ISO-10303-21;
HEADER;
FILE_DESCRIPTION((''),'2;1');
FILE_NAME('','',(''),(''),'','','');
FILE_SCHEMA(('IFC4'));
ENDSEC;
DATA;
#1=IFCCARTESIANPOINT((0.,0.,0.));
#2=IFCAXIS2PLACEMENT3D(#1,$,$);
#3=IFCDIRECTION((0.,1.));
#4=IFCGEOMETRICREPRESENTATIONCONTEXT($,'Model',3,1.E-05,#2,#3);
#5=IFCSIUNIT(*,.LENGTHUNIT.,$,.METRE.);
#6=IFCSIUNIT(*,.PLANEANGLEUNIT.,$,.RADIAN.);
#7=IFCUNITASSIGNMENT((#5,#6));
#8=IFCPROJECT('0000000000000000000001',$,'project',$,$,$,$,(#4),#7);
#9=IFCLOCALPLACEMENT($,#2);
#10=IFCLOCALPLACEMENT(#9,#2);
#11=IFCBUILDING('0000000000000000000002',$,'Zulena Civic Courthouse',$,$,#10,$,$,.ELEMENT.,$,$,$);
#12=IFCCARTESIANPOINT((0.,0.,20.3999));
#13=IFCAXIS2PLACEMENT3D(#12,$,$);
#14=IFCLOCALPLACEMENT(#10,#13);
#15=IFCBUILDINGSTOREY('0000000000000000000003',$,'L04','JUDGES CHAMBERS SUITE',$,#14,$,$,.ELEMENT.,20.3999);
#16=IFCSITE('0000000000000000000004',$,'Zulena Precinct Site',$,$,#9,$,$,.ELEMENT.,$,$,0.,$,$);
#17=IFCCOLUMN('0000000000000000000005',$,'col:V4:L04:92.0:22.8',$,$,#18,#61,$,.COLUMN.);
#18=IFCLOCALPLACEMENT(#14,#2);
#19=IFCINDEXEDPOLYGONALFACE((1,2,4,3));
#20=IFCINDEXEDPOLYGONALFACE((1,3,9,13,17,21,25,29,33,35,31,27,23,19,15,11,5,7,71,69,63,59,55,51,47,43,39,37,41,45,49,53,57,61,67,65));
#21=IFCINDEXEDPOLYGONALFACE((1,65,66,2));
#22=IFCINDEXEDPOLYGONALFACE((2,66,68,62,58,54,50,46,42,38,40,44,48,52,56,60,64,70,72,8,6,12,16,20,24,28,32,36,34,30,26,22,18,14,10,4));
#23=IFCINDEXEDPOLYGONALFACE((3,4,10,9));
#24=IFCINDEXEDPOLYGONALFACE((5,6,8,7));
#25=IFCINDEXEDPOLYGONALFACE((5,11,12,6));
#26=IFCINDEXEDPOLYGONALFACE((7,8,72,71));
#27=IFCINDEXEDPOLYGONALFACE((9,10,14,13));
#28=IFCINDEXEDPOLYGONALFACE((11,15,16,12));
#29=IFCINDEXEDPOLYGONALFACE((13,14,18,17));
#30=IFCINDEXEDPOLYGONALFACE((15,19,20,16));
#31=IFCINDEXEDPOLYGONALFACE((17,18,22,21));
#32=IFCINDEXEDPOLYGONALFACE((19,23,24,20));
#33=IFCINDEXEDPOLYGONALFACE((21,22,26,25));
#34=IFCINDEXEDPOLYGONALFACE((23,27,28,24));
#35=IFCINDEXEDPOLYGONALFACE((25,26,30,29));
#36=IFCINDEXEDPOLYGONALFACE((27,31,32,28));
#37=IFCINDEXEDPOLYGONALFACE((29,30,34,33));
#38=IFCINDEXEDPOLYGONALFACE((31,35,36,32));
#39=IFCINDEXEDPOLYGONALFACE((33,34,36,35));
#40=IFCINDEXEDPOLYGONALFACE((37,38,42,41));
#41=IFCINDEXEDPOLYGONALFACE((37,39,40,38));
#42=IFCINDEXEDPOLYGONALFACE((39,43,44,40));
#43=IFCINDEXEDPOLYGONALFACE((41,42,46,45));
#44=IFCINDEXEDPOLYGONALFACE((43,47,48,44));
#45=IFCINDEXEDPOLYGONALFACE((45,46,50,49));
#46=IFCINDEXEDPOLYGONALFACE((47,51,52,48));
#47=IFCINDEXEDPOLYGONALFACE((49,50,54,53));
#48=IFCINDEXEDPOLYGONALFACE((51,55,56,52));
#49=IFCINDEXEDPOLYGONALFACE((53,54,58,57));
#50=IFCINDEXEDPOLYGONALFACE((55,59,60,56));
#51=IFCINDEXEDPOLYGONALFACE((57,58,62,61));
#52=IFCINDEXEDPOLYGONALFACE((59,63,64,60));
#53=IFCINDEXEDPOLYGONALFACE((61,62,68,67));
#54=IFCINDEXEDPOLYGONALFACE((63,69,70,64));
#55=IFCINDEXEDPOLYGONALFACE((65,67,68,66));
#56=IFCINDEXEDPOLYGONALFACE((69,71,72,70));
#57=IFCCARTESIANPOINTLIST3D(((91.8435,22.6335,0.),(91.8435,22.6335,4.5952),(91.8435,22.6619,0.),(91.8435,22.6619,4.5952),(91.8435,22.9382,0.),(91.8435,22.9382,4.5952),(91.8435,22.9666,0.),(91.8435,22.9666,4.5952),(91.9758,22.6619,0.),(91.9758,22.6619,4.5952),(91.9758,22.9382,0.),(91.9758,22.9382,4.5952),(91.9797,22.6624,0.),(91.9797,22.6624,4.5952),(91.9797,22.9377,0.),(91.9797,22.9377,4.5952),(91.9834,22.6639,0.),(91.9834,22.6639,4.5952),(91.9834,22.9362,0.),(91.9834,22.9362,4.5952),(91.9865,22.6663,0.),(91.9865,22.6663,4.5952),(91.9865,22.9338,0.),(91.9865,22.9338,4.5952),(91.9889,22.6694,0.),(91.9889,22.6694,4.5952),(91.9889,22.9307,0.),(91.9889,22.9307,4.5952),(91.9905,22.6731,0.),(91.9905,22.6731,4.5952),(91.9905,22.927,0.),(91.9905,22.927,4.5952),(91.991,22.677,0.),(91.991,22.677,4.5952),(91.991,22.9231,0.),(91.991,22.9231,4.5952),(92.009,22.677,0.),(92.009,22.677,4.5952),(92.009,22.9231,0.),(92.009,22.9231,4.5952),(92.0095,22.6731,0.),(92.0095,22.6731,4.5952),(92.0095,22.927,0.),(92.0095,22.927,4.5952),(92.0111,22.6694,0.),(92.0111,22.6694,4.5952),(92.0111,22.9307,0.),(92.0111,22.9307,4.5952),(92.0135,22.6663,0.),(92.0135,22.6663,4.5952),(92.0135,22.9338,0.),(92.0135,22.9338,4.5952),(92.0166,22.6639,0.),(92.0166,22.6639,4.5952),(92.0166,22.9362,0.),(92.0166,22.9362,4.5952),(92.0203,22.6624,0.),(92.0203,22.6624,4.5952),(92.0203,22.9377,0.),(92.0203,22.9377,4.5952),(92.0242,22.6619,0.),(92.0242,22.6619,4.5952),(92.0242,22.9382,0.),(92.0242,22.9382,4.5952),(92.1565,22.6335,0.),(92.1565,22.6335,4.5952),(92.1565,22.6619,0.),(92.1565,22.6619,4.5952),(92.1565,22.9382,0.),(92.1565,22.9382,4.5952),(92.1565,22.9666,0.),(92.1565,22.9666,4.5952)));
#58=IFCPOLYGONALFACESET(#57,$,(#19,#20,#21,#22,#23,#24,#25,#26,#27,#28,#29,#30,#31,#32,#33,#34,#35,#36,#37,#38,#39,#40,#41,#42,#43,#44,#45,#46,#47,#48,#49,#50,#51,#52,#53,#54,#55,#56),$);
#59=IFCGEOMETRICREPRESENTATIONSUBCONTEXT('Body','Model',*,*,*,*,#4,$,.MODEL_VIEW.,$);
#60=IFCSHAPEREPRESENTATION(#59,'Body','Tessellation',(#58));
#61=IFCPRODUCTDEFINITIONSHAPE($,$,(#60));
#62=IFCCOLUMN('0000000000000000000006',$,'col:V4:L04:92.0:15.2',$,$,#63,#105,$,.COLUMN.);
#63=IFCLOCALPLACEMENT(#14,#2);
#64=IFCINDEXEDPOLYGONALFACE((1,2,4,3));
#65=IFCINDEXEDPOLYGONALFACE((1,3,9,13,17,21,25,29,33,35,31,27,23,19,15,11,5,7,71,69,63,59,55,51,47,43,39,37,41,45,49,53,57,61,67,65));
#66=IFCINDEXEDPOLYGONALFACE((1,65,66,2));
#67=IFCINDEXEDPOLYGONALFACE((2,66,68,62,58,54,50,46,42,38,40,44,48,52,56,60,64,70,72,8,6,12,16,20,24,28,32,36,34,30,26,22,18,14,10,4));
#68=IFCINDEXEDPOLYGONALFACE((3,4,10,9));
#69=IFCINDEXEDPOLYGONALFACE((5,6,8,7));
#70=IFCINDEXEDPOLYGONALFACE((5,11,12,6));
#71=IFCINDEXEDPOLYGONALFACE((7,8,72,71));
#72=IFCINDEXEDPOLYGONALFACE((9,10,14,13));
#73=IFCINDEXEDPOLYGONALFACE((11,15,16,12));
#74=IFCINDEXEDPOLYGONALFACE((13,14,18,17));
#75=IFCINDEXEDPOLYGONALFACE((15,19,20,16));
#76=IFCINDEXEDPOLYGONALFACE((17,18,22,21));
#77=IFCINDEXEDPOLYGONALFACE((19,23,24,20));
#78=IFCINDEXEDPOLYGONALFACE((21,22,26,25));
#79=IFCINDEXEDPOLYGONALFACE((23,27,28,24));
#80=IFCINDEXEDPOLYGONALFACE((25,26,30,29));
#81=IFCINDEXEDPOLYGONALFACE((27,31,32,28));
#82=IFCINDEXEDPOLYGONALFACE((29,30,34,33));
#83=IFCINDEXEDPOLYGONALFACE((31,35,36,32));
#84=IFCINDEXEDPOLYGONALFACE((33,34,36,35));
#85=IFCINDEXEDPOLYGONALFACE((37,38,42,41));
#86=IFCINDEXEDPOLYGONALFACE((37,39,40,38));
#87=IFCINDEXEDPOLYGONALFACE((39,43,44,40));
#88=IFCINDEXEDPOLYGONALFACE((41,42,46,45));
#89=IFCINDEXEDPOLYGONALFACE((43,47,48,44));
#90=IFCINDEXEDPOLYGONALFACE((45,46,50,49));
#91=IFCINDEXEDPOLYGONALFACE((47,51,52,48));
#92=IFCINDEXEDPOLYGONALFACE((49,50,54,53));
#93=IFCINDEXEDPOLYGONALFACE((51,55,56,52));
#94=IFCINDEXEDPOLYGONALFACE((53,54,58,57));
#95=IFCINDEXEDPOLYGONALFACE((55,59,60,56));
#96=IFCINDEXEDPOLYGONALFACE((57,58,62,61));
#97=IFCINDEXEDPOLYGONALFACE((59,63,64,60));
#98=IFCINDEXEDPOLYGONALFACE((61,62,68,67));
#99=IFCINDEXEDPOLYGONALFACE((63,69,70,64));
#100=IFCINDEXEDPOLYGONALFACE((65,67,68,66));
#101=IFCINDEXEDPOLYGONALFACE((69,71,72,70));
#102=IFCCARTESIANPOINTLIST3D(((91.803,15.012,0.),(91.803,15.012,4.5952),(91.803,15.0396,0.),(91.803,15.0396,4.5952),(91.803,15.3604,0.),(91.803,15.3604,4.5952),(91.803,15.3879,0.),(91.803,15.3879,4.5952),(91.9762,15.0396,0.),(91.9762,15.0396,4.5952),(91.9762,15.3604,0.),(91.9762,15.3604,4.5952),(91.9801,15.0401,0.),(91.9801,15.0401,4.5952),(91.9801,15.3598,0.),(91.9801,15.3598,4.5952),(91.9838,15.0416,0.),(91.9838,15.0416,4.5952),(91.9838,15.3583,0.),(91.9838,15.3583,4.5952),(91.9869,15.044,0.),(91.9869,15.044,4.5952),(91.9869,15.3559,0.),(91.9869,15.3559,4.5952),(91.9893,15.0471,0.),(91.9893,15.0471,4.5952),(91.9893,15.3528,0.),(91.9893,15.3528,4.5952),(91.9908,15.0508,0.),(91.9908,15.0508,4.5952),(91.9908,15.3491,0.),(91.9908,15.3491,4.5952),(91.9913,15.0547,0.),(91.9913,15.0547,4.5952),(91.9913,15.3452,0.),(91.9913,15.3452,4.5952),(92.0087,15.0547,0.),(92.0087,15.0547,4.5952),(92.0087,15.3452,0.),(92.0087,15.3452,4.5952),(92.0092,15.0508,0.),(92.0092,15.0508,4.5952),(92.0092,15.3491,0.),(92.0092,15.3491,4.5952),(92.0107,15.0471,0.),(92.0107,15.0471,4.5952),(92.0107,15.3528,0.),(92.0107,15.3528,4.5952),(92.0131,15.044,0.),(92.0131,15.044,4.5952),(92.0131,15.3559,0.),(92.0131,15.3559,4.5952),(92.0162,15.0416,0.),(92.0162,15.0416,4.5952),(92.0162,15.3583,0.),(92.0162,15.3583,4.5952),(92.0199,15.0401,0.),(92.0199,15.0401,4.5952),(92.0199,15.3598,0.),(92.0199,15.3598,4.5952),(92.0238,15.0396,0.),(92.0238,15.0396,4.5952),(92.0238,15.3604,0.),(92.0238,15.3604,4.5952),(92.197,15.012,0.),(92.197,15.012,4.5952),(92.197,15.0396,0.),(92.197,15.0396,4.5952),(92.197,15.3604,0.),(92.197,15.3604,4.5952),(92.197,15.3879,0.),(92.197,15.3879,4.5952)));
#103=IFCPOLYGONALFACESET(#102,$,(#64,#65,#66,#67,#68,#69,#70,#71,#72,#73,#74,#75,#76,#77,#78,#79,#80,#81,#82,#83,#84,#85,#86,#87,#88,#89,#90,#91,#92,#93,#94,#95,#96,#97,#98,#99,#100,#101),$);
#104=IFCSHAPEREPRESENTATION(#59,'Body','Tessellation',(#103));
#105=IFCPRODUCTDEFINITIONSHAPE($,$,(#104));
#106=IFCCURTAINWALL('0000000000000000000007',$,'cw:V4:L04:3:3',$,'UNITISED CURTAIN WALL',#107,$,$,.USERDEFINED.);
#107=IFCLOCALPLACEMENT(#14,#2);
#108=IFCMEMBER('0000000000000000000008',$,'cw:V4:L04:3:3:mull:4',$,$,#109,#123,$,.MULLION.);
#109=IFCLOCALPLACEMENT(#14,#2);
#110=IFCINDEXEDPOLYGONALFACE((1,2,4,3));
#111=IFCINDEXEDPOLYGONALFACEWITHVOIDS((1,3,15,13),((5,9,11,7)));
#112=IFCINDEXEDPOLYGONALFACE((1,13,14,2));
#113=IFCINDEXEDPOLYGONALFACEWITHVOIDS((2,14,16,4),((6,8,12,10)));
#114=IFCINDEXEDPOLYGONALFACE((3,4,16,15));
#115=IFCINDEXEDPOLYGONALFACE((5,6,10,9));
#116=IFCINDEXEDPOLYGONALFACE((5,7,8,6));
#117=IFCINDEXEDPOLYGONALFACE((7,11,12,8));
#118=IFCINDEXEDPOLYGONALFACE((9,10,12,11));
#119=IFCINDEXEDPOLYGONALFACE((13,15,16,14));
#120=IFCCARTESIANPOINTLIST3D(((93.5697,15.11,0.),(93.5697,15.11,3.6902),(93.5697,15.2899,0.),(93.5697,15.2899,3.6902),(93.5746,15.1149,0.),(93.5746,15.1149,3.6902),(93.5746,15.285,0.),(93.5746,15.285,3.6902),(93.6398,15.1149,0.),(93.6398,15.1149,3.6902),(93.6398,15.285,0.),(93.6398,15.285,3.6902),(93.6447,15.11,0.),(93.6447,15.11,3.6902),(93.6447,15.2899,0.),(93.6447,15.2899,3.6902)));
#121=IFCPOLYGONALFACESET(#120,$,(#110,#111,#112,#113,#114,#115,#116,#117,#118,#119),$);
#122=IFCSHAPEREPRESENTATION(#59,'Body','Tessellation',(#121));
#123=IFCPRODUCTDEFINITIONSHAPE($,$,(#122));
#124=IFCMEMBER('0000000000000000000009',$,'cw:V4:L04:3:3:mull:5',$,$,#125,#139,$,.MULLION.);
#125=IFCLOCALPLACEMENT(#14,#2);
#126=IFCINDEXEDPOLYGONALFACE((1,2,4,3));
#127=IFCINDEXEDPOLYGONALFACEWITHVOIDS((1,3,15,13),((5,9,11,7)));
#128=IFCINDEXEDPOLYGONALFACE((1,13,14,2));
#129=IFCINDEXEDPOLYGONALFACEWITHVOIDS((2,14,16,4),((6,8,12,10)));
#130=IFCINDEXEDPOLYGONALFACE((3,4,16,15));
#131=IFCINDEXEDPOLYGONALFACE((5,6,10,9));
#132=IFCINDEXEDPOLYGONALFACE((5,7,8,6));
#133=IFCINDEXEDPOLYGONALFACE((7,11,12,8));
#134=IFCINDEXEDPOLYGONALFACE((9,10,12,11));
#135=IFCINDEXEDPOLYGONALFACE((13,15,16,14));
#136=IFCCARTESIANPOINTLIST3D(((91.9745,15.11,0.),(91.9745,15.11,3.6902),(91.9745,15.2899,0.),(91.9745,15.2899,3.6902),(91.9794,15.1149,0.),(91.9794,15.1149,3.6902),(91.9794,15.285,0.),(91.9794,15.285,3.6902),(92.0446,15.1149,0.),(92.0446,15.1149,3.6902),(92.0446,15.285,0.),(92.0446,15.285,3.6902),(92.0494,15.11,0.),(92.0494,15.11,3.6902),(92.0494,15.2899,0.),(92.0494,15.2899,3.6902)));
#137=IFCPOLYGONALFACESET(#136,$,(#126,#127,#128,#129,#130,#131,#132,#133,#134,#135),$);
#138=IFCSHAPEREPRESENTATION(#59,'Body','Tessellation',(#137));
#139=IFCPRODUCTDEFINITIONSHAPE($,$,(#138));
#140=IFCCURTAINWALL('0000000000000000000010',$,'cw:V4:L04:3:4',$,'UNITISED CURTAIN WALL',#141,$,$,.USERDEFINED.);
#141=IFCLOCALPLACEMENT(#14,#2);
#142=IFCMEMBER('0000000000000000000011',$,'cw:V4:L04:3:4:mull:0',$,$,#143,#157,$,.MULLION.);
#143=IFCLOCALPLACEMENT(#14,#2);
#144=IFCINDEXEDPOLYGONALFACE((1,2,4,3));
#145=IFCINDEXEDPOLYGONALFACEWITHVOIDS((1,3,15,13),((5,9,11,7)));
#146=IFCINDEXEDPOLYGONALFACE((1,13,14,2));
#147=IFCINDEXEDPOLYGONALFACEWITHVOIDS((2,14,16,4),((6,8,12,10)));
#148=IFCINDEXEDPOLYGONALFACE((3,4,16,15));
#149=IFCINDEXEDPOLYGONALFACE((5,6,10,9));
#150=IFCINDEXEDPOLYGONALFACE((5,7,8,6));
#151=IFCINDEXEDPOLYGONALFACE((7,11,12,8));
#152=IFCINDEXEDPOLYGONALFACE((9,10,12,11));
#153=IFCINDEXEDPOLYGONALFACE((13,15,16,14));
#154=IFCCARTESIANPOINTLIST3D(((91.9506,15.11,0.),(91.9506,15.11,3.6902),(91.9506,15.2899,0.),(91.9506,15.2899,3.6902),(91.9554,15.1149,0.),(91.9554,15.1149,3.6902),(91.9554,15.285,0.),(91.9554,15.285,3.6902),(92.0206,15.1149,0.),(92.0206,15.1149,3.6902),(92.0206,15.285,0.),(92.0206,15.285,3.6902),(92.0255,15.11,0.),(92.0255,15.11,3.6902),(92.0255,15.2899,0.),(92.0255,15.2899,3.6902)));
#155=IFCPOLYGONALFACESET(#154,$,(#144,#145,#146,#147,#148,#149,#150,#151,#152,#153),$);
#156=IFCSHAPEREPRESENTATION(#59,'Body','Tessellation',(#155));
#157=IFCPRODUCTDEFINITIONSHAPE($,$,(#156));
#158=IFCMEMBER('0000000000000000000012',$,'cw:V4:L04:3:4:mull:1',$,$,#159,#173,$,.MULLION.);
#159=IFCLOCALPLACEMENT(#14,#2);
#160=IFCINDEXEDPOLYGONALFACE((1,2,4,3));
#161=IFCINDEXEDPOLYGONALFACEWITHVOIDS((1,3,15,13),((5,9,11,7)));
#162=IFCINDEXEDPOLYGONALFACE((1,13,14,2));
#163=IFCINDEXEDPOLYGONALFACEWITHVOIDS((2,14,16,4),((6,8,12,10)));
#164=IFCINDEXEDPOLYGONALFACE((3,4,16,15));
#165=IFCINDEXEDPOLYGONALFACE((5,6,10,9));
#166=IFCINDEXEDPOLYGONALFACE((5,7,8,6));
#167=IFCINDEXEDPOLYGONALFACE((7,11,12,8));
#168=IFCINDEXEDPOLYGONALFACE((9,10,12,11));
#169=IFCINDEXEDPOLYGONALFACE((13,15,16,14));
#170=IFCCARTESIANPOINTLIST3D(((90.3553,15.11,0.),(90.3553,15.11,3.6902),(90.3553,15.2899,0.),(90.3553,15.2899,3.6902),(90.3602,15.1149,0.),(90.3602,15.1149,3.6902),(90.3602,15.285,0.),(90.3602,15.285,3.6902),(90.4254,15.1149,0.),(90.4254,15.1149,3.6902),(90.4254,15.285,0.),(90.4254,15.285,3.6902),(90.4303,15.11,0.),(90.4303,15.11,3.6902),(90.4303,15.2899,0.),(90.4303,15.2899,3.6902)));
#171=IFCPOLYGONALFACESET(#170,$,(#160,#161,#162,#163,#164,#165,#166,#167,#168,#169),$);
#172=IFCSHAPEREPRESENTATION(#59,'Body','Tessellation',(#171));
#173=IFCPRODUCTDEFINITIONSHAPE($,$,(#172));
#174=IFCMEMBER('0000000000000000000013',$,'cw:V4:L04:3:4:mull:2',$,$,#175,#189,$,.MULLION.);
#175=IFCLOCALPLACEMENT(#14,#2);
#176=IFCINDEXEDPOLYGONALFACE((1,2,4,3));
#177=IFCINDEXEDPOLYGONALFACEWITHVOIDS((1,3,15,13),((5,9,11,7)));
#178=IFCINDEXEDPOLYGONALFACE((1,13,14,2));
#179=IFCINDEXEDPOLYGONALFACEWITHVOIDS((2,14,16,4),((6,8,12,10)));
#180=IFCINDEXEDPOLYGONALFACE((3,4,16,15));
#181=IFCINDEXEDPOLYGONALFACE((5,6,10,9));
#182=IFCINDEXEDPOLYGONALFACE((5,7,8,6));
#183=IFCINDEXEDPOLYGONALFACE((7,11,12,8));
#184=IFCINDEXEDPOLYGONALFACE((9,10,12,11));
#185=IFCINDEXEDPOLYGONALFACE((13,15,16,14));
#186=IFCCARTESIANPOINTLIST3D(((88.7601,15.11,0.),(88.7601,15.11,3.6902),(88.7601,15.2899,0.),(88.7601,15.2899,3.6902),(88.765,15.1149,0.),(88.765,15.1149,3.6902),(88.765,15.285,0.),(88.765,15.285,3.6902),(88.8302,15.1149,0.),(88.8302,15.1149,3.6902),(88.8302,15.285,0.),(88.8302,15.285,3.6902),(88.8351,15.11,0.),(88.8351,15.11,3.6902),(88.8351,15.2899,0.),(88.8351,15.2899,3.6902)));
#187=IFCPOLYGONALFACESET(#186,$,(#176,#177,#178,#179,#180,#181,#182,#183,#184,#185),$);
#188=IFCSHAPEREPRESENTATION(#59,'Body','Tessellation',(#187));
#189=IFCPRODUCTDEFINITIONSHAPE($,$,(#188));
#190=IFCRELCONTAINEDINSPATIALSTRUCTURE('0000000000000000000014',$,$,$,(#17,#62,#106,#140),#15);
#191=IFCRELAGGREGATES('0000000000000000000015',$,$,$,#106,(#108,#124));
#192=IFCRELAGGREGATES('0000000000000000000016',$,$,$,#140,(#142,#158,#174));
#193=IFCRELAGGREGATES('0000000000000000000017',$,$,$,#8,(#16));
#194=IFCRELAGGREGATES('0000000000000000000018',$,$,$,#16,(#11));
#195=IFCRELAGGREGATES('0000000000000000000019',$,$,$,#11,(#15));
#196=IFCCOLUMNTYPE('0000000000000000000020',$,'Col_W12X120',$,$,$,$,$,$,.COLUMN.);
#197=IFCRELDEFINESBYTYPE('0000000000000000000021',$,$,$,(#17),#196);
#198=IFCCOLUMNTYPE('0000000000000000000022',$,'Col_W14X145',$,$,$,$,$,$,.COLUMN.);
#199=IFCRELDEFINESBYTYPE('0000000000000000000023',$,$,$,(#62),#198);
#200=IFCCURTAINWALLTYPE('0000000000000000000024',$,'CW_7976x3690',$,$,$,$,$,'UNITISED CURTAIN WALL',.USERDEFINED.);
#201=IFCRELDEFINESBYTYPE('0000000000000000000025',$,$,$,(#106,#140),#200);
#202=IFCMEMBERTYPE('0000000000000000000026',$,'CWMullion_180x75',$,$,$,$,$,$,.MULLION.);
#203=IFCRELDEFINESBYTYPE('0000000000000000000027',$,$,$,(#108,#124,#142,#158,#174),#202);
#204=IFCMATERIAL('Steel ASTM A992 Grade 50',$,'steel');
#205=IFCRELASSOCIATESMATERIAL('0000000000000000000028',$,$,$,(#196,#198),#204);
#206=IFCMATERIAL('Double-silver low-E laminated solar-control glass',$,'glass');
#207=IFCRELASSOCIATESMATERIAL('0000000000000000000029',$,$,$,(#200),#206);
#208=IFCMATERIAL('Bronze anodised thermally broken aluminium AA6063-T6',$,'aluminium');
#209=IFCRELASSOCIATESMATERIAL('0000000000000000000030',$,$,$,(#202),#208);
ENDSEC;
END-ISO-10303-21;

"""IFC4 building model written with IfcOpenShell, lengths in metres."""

from ifc_helpers import new_model, si_unit, direction, frame, origin, origin_2d, place, context, subcontext, project, spatial, hollow_rectangle, i_section, extrude, material, material_profile, profile_set, type_object, element, aggregate, save


model = new_model("IFC4")

# Units and contexts
model_context = context("Model", 3, precision=1e-05, world=origin(), true_north=direction((0.0, 1.0)))
body_context = subcontext(model_context, "Body", "Model", "MODEL_VIEW")
ifc_project = project(units=[si_unit("LENGTHUNIT", "METRE"), si_unit("PLANEANGLEUNIT", "RADIAN")], contexts=[model_context])

# Site, building, storey
site_placement = place(None, origin())
site = spatial("IfcSite", under=ifc_project, at=site_placement, Name="Zulena Precinct Site", CompositionType="ELEMENT", RefElevation=0.0)
building_placement = place(site_placement, origin())
building = spatial("IfcBuilding", under=site, at=building_placement, Name="Zulena Civic Courthouse", CompositionType="ELEMENT")
storey_placement = place(building_placement, frame((0.0, 0.0, 20.3999)))
storey = spatial("IfcBuildingStorey", under=building, at=storey_placement, Name="L04", Description="JUDGES CHAMBERS SUITE", CompositionType="ELEMENT", Elevation=20.3999)

# Columns
ifc_material_1 = material(Name="Steel ASTM A992 Grade 50", Category="steel")
ifc_material_profile_1 = material_profile(ifc_material_1, i_section(OverallWidth=0.313, OverallDepth=0.333, WebThickness=0.0181, FlangeThickness=0.0283, FilletRadius=0.0151, at=origin_2d()), Name="W12X120")
ifc_profile_set_1 = profile_set([ifc_material_profile_1], Name="Steel ASTM A992 Grade 50")
column_type_1 = type_object("IfcColumnType", Name="Col_W12X120", PredefinedType="COLUMN", material=ifc_profile_set_1)
column_1_placement = place(storey_placement, frame((92.0, 22.8, 0.0), z_axis=(0.0, 0.0, 1.0), x_axis=(1.0, 0.0, 0.0)))
element("IfcColumn", 1, at=column_1_placement, inside=storey, type_object=column_type_1, Name="col:V4:L04:92.0:22.8", PredefinedType="COLUMN", context=body_context, shape_type="SweptSolid", body=[
    extrude(i_section(OverallWidth=0.313, OverallDepth=0.333, WebThickness=0.0181, FlangeThickness=0.0283, FilletRadius=0.0151, at=origin_2d()), origin(), (0.0, 0.0, 1.0), 4.5952),
])
ifc_material_profile_2 = material_profile(ifc_material_1, i_section(OverallWidth=0.394, OverallDepth=0.376, WebThickness=0.0173, FlangeThickness=0.0276, FilletRadius=0.0151, at=origin_2d()), Name="W14X145")
ifc_profile_set_2 = profile_set([ifc_material_profile_2], Name="Steel ASTM A992 Grade 50")
column_type_2 = type_object("IfcColumnType", Name="Col_W14X145", PredefinedType="COLUMN", material=ifc_profile_set_2)
column_2_placement = place(storey_placement, frame((92.0, 15.2, 0.0), z_axis=(0.0, 0.0, 1.0), x_axis=(1.0, 0.0, 0.0)))
element("IfcColumn", 2, at=column_2_placement, inside=storey, type_object=column_type_2, Name="col:V4:L04:92.0:15.2", PredefinedType="COLUMN", context=body_context, shape_type="SweptSolid", body=[
    extrude(i_section(OverallWidth=0.394, OverallDepth=0.376, WebThickness=0.0173, FlangeThickness=0.0276, FilletRadius=0.0151, at=origin_2d()), origin(), (0.0, 0.0, 1.0), 4.5952),
])

# Curtain walls, members
ifc_material_2 = material(Name="Double-silver low-E laminated solar-control glass", Category="glass")
curtain_wall_type = type_object("IfcCurtainWallType", Name="CW_7976x3690", ElementType="UNITISED CURTAIN WALL", PredefinedType="USERDEFINED", material=ifc_material_2)
curtain_wall_1_placement = place(storey_placement, origin())
curtain_wall_1 = element("IfcCurtainWall", 3, at=curtain_wall_1_placement, inside=storey, type_object=curtain_wall_type, Name="cw:V4:L04:3:3", ObjectType="UNITISED CURTAIN WALL", PredefinedType="USERDEFINED")
ifc_material_3 = material(Name="Bronze anodised thermally broken aluminium AA6063-T6", Category="aluminium")
ifc_material_profile_3 = material_profile(ifc_material_3, hollow_rectangle(XDim=0.075, YDim=0.1799, WallThickness=0.0049, at=origin_2d()), Name="CWM180X75X5")
ifc_profile_set_3 = profile_set([ifc_material_profile_3], Name="Bronze anodised thermally broken aluminium AA6063-T6")
member_type_1 = type_object("IfcMemberType", Name="CWMullion_180x75", PredefinedType="MULLION", material=ifc_profile_set_3)
member_1_placement = place(storey_placement, frame((93.6072, 15.2, 0.0), z_axis=(0.0, 0.0, 1.0), x_axis=(1.0, 0.0, 0.0)))
member_1 = element("IfcMember", 4, at=member_1_placement, type_object=member_type_1, Name="cw:V4:L04:3:3:mull:4", PredefinedType="MULLION", context=body_context, shape_type="SweptSolid", body=[
    extrude(hollow_rectangle(XDim=0.075, YDim=0.1799, WallThickness=0.0049, at=origin_2d()), origin(), (0.0, 0.0, 1.0), 3.6902),
])
member_2_placement = place(storey_placement, frame((92.012, 15.2, 0.0), z_axis=(0.0, 0.0, 1.0), x_axis=(1.0, 0.0, 0.0)))
member_2 = element("IfcMember", 5, at=member_2_placement, type_object=member_type_1, Name="cw:V4:L04:3:3:mull:5", PredefinedType="MULLION", context=body_context, shape_type="SweptSolid", body=[
    extrude(hollow_rectangle(XDim=0.075, YDim=0.1799, WallThickness=0.0049, at=origin_2d()), origin(), (0.0, 0.0, 1.0), 3.6902),
])
curtain_wall_2_placement = place(storey_placement, origin())
curtain_wall_2 = element("IfcCurtainWall", 6, at=curtain_wall_2_placement, inside=storey, type_object=curtain_wall_type, Name="cw:V4:L04:3:4", ObjectType="UNITISED CURTAIN WALL", PredefinedType="USERDEFINED")
member_3_placement = place(storey_placement, frame((91.988, 15.2, 0.0), z_axis=(0.0, 0.0, 1.0), x_axis=(1.0, 0.0, 0.0)))
member_3 = element("IfcMember", 7, at=member_3_placement, type_object=member_type_1, Name="cw:V4:L04:3:4:mull:0", PredefinedType="MULLION", context=body_context, shape_type="SweptSolid", body=[
    extrude(hollow_rectangle(XDim=0.075, YDim=0.1799, WallThickness=0.0049, at=origin_2d()), origin(), (0.0, 0.0, 1.0), 3.6902),
])
member_4_placement = place(storey_placement, frame((90.3928, 15.2, 0.0), z_axis=(0.0, 0.0, 1.0), x_axis=(1.0, 0.0, 0.0)))
member_4 = element("IfcMember", 8, at=member_4_placement, type_object=member_type_1, Name="cw:V4:L04:3:4:mull:1", PredefinedType="MULLION", context=body_context, shape_type="SweptSolid", body=[
    extrude(hollow_rectangle(XDim=0.075, YDim=0.1799, WallThickness=0.0049, at=origin_2d()), origin(), (0.0, 0.0, 1.0), 3.6902),
])
member_5_placement = place(storey_placement, frame((88.7976, 15.2, 0.0), z_axis=(0.0, 0.0, 1.0), x_axis=(1.0, 0.0, 0.0)))
member_5 = element("IfcMember", 9, at=member_5_placement, type_object=member_type_1, Name="cw:V4:L04:3:4:mull:2", PredefinedType="MULLION", context=body_context, shape_type="SweptSolid", body=[
    extrude(hollow_rectangle(XDim=0.075, YDim=0.1799, WallThickness=0.0049, at=origin_2d()), origin(), (0.0, 0.0, 1.0), 3.6902),
])

aggregate(curtain_wall_1, [member_1, member_2])
aggregate(curtain_wall_2, [member_3, member_4, member_5])

save(model, "model.ifc")
